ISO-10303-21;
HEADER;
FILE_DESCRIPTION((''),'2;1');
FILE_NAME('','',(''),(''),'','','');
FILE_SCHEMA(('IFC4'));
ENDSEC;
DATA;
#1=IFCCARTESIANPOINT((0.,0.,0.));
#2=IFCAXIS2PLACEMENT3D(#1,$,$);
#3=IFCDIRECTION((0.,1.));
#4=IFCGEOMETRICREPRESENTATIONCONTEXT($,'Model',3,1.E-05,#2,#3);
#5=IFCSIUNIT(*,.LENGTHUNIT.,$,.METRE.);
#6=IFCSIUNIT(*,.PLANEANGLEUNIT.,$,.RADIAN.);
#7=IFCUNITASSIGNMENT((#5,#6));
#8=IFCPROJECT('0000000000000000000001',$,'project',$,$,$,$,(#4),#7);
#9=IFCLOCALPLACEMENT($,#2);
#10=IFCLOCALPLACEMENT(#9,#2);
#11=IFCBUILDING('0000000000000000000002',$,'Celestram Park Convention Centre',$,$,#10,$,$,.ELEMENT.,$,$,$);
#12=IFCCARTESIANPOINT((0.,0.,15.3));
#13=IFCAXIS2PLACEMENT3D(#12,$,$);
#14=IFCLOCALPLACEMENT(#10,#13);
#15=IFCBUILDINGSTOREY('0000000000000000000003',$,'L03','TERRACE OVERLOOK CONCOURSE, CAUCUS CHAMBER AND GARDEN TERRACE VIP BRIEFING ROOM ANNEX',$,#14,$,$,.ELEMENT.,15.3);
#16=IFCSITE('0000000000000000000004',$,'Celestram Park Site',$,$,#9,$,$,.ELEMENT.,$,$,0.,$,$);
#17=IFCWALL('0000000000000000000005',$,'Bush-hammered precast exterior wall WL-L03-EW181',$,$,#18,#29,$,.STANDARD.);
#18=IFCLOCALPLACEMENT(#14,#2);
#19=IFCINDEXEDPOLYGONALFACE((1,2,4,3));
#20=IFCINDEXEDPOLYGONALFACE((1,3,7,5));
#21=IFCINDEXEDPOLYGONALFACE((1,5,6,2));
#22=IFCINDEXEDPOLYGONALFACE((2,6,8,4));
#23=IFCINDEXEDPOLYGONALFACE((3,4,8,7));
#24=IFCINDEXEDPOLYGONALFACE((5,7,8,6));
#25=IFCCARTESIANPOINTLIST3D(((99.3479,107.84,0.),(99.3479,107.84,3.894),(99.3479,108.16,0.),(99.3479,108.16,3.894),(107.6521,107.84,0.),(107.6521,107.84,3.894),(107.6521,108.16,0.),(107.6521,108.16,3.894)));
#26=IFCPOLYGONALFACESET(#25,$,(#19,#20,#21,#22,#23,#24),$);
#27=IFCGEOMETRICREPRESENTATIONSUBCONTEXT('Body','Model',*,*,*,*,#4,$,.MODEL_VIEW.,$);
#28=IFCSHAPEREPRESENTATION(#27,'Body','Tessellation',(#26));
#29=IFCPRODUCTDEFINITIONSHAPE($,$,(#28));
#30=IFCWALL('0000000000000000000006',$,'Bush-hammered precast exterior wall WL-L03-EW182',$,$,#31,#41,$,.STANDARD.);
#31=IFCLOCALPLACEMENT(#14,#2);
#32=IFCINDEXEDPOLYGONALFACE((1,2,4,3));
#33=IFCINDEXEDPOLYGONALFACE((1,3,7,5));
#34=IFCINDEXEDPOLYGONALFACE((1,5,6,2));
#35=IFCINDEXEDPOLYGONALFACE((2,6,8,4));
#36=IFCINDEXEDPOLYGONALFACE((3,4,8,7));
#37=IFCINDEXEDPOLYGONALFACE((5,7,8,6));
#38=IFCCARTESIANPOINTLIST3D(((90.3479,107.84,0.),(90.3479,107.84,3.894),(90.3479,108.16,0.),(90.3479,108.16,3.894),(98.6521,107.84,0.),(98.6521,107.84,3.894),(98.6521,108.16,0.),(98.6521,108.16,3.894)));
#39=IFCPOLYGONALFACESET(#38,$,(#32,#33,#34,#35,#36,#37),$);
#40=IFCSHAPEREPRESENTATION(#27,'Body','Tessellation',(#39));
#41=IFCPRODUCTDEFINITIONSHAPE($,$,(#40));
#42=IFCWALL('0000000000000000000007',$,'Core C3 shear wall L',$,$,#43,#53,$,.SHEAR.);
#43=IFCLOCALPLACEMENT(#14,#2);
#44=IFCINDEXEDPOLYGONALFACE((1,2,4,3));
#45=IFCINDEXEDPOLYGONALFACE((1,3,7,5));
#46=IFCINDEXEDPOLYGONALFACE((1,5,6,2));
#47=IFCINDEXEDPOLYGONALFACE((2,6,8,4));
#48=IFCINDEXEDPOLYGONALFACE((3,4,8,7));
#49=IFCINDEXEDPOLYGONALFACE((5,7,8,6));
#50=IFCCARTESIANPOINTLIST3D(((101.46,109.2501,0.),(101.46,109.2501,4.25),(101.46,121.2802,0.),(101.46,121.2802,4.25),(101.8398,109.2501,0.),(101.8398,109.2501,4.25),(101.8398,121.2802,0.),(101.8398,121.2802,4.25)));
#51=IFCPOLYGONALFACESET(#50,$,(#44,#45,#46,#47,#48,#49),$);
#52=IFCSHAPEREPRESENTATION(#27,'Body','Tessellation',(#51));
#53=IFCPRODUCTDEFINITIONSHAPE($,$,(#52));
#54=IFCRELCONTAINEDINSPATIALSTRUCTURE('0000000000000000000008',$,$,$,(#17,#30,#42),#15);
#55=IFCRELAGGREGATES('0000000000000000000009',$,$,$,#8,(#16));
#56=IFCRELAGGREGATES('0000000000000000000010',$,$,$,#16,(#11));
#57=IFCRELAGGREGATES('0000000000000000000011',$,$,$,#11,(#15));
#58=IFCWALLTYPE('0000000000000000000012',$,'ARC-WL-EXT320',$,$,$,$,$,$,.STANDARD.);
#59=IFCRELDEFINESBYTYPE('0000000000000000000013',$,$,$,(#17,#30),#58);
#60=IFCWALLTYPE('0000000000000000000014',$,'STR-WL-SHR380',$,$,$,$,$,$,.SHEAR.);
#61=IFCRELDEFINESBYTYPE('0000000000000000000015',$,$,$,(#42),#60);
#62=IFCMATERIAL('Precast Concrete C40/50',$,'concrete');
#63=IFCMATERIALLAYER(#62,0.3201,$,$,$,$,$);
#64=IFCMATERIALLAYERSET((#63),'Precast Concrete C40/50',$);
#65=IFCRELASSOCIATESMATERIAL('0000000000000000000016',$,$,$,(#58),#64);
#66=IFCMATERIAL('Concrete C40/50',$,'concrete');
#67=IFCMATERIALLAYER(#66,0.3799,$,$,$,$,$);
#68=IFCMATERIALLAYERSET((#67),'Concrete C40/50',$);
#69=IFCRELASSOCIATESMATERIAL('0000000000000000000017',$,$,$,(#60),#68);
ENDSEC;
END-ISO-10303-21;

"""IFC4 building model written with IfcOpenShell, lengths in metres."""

from ifc_helpers import new_model, si_unit, direction, frame, frame_2d, origin, place, context, subcontext, project, spatial, rectangle, extrude, material, layer, layer_set, type_object, element, save


model = new_model("IFC4")

# Units and contexts
model_context = context("Model", 3, precision=1e-05, world=origin(), true_north=direction((0.0, 1.0)))
body_context = subcontext(model_context, "Body", "Model", "MODEL_VIEW")
ifc_project = project(units=[si_unit("LENGTHUNIT", "METRE"), si_unit("PLANEANGLEUNIT", "RADIAN")], contexts=[model_context])

# Site, building, storey
site_placement = place(None, origin())
site = spatial("IfcSite", under=ifc_project, at=site_placement, Name="Celestram Park Site", CompositionType="ELEMENT", RefElevation=0.0)
building_placement = place(site_placement, origin())
building = spatial("IfcBuilding", under=site, at=building_placement, Name="Celestram Park Convention Centre", CompositionType="ELEMENT")
storey_placement = place(building_placement, frame((0.0, 0.0, 15.3)))
storey = spatial("IfcBuildingStorey", under=building, at=storey_placement, Name="L03", Description="TERRACE OVERLOOK CONCOURSE, CAUCUS CHAMBER AND GARDEN TERRACE VIP BRIEFING ROOM ANNEX", CompositionType="ELEMENT", Elevation=15.3)

# Shared definitions
ifc_material_1 = material(Name="Concrete C40/50", Category="concrete")

# Walls
ifc_material_2 = material(Name="Precast Concrete C40/50", Category="concrete")
ifc_layer_1 = layer(ifc_material_2, 0.3201)
ifc_layer_set_1 = layer_set([ifc_layer_1], Name="Precast Concrete C40/50")
wall_type_1 = type_object("IfcWallType", Name="ARC-WL-EXT320", PredefinedType="STANDARD", material=ifc_layer_set_1)
for number, where, z_axis, x_axis, name in (
    (1, (107.6521, 108.0, 0.0), (0.0, 0.0, 1.0), (-1.0, 0.0, 0.0), "Bush-hammered precast exterior wall WL-L03-EW181"),
    (2, (98.6521, 108.0, 0.0), (0.0, 0.0, 1.0), (-1.0, 0.0, 0.0), "Bush-hammered precast exterior wall WL-L03-EW182"),
):
    element("IfcWall", number, at=place(storey_placement, frame(where, z_axis=z_axis, x_axis=x_axis)), inside=storey, type_object=wall_type_1, Name=name, PredefinedType="STANDARD", context=body_context, shape_type="SweptSolid", body=[
        extrude(rectangle(XDim=8.3042, YDim=0.3201, at=frame_2d((4.1521, 0.0))), origin(), (0.0, 0.0, 1.0), 3.894),
    ])
ifc_layer_2 = layer(ifc_material_1, 0.3799)
ifc_layer_set_2 = layer_set([ifc_layer_2], Name="Concrete C40/50")
wall_type_2 = type_object("IfcWallType", Name="STR-WL-SHR380", PredefinedType="SHEAR", material=ifc_layer_set_2)
wall_1_placement = place(storey_placement, frame((101.6499, 109.25, 0.0), z_axis=(0.0, 0.0, 1.0), x_axis=(0.0, 1.0, 0.0)))
element("IfcWall", 3, at=wall_1_placement, inside=storey, type_object=wall_type_2, Name="Core C3 shear wall L", PredefinedType="SHEAR", context=body_context, shape_type="SweptSolid", body=[
    extrude(rectangle(XDim=12.03, YDim=0.3799, at=frame_2d((6.0151, 0.0))), origin(), (0.0, 0.0, 1.0), 4.25),
])

save(model, "model.ifc")
